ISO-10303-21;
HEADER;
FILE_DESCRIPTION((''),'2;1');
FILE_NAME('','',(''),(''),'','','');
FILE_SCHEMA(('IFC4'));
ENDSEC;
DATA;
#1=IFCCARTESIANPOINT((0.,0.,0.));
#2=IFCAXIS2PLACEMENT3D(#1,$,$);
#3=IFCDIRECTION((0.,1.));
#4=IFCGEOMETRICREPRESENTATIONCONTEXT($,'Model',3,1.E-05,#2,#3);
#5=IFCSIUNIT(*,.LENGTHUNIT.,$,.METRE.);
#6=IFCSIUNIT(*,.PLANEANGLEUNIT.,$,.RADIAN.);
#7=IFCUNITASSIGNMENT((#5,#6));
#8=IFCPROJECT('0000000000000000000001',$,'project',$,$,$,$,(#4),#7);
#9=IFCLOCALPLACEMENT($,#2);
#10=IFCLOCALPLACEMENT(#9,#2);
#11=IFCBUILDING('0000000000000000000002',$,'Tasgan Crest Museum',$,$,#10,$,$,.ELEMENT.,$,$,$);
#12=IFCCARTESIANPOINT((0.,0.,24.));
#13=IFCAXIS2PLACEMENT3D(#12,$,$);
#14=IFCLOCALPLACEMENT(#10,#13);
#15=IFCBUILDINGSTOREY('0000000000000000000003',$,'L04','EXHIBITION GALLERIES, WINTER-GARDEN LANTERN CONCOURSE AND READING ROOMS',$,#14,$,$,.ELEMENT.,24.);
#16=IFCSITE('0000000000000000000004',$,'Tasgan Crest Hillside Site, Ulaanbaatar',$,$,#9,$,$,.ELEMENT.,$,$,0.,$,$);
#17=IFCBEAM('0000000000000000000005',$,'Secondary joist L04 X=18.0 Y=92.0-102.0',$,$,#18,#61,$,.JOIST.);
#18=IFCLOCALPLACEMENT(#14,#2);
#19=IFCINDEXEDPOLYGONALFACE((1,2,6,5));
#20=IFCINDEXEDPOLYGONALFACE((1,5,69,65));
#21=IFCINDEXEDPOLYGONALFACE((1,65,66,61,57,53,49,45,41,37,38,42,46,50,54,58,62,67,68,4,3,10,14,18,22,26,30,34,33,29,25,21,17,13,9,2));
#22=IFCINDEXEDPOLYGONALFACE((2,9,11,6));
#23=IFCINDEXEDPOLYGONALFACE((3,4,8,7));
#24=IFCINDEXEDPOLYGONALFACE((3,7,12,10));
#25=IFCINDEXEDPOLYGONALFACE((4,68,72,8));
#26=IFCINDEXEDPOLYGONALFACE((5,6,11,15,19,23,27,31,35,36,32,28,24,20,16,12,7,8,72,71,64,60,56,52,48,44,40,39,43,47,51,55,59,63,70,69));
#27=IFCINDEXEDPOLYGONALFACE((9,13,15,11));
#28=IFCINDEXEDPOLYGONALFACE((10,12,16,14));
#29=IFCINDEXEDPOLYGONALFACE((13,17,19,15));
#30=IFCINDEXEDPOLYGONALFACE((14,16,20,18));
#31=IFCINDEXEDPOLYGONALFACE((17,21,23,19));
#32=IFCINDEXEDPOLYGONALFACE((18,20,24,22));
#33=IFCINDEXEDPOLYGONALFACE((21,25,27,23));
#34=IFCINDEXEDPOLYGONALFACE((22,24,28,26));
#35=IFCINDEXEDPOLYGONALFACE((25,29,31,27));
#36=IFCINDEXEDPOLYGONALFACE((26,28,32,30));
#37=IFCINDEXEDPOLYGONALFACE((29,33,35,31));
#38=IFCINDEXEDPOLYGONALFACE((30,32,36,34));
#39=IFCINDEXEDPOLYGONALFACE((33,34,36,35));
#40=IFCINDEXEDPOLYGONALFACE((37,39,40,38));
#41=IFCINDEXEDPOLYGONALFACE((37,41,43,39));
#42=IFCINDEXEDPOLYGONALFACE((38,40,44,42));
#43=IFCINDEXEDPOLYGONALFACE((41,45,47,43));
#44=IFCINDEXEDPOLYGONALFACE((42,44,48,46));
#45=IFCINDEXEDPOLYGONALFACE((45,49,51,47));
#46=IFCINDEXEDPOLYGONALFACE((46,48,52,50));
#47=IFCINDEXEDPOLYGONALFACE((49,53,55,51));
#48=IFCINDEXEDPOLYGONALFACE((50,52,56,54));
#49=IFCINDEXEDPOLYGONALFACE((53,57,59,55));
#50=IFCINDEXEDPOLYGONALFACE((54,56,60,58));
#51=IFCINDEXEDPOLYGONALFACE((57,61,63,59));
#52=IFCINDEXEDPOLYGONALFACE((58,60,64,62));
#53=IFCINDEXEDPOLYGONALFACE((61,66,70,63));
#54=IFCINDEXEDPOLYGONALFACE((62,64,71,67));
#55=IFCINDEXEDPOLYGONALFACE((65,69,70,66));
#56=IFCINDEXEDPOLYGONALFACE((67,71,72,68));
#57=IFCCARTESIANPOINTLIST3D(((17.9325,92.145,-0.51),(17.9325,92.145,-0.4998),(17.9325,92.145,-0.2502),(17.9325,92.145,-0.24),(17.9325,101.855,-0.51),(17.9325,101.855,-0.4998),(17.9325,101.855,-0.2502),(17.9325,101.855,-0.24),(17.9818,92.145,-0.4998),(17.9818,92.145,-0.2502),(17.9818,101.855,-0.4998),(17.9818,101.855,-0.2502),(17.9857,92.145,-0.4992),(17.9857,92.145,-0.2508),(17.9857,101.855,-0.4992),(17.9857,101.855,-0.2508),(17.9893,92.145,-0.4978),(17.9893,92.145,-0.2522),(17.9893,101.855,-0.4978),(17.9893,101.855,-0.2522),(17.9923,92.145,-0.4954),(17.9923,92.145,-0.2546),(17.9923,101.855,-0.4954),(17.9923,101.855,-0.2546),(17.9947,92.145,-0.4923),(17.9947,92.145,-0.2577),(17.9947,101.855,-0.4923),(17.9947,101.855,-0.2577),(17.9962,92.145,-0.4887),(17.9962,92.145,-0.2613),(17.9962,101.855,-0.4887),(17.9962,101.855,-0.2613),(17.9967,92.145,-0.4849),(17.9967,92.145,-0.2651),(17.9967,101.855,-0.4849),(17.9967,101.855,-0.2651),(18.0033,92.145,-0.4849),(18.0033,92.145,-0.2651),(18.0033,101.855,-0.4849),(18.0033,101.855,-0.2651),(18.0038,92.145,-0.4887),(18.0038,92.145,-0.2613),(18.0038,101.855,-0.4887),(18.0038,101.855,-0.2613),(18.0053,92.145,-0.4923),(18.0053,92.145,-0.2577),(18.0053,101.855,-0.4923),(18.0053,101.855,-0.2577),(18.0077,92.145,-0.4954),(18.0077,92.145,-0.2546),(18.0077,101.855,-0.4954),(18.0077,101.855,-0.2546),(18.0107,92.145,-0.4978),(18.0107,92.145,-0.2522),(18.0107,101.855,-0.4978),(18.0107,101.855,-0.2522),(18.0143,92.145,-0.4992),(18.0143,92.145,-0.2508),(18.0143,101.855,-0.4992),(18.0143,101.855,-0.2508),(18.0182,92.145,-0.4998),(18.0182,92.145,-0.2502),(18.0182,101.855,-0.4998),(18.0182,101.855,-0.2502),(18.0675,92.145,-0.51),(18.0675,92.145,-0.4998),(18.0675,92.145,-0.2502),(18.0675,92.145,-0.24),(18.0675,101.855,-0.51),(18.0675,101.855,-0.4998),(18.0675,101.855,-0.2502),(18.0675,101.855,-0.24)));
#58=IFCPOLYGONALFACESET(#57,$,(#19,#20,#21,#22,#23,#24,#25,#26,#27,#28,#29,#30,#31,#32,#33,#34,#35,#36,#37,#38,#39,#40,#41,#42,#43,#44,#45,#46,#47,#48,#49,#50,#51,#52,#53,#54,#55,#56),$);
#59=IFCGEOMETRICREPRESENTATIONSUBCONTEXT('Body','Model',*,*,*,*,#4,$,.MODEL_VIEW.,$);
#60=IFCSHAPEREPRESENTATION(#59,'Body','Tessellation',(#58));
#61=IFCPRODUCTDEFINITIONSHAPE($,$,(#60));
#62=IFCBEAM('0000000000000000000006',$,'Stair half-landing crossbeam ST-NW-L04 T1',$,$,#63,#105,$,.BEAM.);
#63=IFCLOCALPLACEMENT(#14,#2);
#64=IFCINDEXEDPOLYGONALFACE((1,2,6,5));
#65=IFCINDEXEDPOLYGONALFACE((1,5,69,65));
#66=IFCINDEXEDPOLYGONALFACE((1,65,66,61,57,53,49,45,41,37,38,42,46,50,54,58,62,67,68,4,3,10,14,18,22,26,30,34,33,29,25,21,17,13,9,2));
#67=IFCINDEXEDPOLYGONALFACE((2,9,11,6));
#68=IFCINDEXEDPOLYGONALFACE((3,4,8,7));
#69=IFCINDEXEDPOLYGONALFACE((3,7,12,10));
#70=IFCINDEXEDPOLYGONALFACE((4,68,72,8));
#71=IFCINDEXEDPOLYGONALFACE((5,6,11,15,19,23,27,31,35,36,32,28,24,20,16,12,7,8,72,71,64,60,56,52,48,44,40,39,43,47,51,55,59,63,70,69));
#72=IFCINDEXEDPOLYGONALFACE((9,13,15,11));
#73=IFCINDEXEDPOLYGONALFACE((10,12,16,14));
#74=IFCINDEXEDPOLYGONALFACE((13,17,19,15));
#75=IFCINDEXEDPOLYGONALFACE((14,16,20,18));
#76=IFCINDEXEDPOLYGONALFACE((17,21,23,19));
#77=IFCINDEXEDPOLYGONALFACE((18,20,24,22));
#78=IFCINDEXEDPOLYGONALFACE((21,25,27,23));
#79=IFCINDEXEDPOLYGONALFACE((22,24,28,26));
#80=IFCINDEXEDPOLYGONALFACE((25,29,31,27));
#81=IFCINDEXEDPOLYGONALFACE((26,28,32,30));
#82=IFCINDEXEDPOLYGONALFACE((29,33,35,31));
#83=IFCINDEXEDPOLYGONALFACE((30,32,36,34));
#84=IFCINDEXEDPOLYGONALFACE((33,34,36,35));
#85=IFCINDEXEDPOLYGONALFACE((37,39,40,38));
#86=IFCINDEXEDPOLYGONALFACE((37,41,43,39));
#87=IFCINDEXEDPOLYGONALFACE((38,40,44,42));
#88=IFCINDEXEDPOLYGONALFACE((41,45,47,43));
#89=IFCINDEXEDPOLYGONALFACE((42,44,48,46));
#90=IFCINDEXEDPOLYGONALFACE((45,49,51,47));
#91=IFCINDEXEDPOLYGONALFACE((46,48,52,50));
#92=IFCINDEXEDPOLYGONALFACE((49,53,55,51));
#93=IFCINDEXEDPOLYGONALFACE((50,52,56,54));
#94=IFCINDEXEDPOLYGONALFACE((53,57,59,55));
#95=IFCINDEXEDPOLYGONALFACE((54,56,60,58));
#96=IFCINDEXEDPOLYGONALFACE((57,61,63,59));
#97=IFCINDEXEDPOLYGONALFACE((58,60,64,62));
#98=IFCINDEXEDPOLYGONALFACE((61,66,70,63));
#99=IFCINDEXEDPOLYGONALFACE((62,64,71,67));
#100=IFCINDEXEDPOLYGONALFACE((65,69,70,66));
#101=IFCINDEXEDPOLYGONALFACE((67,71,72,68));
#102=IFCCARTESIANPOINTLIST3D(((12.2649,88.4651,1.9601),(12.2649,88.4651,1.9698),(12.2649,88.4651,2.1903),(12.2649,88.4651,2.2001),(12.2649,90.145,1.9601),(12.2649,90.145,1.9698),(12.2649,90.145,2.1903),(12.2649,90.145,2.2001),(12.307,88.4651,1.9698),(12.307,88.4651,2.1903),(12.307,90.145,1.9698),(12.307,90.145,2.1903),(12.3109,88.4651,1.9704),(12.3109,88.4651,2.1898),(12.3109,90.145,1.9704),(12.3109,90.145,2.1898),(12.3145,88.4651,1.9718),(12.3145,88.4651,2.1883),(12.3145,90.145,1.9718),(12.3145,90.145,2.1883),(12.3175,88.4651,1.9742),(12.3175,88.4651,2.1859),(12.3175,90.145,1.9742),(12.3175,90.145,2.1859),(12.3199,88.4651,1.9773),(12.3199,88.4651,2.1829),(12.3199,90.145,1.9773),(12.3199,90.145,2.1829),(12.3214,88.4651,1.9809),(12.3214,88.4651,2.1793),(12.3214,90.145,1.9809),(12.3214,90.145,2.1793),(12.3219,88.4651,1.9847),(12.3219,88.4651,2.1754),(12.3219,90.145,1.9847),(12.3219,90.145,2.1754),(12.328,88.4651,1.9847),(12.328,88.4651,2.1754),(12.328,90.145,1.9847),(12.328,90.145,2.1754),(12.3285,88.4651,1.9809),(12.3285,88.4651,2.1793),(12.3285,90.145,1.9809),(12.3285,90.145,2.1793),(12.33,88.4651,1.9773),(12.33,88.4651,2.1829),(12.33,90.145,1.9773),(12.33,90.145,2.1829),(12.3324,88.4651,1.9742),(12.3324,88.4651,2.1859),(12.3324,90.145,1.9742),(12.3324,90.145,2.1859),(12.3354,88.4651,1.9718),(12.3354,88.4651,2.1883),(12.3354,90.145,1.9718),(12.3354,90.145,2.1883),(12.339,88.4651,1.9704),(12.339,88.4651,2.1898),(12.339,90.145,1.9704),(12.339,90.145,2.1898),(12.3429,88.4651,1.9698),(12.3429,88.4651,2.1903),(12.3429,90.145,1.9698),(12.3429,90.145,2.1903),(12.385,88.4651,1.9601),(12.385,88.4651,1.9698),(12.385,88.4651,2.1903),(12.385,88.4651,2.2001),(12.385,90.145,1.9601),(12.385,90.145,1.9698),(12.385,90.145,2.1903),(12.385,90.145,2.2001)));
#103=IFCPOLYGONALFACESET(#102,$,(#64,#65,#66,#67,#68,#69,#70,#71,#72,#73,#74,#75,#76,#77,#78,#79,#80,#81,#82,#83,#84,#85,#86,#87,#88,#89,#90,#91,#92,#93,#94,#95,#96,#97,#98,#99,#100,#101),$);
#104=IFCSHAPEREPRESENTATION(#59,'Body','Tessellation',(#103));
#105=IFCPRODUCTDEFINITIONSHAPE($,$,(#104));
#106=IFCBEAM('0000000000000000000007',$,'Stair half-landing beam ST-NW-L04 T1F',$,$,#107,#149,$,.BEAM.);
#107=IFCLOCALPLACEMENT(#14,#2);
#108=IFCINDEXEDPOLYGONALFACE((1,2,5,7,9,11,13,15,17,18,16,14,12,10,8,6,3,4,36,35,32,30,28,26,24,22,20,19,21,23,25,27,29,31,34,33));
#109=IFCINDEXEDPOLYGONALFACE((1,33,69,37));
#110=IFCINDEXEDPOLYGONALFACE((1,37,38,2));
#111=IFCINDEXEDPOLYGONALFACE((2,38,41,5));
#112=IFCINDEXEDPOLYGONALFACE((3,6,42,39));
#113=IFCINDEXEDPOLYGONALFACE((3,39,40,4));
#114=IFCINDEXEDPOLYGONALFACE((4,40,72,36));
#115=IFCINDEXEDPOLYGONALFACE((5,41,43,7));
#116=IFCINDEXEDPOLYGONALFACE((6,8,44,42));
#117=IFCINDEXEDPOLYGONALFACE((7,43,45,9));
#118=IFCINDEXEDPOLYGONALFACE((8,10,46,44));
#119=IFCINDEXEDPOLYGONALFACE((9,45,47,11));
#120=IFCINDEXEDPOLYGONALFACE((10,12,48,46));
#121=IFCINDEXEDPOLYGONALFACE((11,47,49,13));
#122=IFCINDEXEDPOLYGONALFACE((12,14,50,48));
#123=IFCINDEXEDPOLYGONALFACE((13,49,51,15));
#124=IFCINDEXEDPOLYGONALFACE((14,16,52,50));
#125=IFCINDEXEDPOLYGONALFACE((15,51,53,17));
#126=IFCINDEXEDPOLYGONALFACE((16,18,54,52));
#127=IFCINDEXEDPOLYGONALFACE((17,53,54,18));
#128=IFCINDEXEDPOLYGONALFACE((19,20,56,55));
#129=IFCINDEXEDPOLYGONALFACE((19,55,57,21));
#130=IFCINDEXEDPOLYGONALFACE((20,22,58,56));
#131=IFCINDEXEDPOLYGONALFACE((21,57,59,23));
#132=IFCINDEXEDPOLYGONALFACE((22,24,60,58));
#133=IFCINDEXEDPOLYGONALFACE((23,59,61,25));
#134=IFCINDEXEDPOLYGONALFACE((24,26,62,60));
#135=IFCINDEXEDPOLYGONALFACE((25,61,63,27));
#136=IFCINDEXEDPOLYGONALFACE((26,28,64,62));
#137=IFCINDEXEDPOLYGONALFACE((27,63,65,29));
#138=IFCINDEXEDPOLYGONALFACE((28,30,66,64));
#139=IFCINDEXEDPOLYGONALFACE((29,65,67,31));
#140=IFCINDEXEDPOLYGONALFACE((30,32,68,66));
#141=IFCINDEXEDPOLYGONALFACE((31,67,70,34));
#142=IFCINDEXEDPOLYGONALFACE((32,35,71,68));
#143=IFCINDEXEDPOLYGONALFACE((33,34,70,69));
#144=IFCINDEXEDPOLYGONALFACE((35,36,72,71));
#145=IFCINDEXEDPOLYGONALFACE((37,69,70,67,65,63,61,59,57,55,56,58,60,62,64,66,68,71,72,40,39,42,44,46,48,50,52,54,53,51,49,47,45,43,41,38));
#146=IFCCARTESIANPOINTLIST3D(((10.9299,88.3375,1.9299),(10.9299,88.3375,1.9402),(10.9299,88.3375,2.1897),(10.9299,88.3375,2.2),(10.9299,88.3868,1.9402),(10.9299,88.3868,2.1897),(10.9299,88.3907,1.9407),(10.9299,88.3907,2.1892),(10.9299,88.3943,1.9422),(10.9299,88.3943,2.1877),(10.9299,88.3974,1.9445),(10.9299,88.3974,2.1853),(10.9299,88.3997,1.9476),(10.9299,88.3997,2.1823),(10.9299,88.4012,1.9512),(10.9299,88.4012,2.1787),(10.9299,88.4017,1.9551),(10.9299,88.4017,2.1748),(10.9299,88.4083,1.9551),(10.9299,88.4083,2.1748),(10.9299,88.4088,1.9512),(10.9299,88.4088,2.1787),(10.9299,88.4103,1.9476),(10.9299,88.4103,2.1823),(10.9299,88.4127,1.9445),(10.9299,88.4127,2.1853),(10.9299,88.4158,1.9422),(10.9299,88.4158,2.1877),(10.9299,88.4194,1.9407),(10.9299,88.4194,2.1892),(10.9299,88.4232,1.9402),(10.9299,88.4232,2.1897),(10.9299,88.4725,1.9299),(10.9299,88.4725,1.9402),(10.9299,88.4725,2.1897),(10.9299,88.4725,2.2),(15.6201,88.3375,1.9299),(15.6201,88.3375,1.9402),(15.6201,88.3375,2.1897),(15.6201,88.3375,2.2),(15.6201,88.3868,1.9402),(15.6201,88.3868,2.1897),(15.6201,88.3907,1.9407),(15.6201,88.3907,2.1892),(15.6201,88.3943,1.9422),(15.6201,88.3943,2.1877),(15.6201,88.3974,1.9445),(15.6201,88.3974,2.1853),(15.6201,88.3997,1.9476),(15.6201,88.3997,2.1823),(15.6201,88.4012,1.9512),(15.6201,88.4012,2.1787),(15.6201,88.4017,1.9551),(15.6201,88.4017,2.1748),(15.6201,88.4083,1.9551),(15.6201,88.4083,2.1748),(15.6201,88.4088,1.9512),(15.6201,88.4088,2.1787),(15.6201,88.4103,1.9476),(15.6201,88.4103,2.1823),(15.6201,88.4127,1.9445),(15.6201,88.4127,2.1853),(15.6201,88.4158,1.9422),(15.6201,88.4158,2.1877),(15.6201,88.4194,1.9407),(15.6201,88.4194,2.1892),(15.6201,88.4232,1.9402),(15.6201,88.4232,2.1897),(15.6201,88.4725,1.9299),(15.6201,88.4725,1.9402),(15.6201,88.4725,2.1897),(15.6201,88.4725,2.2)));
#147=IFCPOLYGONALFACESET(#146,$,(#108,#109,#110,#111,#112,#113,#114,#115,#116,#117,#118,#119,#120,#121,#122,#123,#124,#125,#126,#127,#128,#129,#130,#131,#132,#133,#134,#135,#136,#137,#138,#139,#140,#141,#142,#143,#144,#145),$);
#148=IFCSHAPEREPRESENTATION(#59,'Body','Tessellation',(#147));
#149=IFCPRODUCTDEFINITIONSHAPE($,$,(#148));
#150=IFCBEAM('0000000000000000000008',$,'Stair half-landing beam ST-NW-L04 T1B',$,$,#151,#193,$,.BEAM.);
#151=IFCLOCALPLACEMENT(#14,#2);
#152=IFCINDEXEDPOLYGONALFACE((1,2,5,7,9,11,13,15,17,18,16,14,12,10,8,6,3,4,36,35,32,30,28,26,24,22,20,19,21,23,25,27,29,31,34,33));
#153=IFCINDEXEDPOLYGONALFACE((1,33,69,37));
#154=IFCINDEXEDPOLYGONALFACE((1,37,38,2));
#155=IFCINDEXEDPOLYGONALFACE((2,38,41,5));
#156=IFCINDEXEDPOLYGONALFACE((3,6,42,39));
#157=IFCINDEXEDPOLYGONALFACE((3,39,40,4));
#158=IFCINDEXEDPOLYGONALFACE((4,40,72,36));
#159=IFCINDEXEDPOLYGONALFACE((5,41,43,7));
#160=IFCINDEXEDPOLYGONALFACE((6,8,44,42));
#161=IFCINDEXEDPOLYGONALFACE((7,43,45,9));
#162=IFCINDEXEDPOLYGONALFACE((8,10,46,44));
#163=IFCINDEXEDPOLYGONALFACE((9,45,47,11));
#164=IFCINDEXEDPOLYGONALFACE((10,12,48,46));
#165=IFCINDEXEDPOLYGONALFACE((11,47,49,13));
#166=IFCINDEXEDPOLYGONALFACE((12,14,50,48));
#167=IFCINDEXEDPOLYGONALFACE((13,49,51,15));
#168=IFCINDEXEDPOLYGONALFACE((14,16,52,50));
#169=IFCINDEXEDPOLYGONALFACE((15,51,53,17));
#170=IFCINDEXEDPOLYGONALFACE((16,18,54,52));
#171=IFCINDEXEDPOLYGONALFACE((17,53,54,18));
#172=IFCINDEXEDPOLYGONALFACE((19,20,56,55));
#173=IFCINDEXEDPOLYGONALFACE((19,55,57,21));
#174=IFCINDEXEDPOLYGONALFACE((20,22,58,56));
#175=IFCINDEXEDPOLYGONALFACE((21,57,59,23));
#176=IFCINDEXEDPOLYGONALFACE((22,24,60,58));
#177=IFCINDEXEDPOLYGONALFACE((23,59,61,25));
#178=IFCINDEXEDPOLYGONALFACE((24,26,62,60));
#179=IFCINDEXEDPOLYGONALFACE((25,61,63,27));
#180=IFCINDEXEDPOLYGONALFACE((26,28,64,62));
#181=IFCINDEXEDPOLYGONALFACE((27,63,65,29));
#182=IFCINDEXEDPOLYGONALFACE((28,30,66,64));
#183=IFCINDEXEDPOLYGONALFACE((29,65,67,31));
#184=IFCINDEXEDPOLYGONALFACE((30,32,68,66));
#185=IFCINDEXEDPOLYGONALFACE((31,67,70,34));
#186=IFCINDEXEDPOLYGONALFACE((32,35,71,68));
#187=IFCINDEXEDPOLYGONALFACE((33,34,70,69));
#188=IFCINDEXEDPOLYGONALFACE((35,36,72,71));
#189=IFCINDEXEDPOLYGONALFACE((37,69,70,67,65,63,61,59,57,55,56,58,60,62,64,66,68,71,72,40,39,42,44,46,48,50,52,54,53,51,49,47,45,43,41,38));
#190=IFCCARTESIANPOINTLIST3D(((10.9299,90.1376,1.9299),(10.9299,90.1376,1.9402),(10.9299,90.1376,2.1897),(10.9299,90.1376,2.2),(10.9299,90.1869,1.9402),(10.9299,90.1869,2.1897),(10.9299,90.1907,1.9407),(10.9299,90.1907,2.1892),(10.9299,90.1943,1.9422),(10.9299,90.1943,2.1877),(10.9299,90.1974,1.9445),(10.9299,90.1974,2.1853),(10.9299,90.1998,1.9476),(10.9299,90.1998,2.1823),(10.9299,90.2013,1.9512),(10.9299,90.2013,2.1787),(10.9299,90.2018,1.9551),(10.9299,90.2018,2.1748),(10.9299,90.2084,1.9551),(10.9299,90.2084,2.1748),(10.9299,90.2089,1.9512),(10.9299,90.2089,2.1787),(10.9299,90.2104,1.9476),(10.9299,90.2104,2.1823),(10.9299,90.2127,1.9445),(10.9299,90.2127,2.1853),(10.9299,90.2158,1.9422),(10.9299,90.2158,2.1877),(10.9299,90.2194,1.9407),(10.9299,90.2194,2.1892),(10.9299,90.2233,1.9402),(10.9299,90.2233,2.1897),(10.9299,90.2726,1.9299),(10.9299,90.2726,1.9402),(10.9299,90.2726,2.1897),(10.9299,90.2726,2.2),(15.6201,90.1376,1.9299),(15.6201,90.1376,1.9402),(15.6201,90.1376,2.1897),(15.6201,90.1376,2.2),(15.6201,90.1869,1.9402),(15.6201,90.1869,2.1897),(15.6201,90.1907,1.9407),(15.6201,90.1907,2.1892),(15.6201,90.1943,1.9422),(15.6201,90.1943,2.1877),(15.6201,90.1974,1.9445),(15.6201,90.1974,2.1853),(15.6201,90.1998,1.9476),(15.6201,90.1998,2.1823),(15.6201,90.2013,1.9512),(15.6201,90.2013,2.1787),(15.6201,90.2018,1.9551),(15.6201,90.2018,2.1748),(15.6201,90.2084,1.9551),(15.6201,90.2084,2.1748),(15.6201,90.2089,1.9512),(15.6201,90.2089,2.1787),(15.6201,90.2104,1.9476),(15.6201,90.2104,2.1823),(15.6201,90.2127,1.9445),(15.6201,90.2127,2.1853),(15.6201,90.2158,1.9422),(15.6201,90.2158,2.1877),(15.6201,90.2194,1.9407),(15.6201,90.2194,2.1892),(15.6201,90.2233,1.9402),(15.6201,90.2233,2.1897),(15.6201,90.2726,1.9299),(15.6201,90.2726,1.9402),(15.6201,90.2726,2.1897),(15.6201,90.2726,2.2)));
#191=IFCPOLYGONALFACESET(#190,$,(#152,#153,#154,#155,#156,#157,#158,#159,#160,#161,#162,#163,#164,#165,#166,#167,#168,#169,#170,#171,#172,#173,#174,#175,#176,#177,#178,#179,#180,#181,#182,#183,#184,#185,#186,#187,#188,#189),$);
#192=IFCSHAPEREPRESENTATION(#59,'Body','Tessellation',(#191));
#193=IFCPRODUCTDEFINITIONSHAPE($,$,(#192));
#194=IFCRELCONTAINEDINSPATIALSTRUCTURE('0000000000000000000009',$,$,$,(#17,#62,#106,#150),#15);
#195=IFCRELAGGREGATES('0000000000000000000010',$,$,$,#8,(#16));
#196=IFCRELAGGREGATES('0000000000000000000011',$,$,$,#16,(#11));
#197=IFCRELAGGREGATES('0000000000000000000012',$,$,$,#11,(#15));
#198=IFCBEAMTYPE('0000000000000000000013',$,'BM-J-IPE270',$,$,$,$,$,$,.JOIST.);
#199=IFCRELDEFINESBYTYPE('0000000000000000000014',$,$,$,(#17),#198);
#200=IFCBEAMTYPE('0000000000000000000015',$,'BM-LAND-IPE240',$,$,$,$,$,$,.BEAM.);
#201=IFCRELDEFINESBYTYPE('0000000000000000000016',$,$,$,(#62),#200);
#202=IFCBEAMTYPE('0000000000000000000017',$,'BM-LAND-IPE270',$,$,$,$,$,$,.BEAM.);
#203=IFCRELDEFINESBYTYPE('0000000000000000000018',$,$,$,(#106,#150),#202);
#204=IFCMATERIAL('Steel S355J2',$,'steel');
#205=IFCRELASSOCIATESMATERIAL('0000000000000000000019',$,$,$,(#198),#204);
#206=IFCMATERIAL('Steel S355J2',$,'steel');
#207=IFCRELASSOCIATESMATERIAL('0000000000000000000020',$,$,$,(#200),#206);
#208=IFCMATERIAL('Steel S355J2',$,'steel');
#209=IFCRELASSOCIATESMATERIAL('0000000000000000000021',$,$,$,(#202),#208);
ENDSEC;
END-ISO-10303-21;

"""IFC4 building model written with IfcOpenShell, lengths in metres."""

from ifc_helpers import new_model, si_unit, direction, frame, origin, origin_2d, place, context, subcontext, project, spatial, i_section, extrude, material, material_profile, profile_set, type_object, element, save


model = new_model("IFC4")

# Units and contexts
model_context = context("Model", 3, precision=1e-05, world=origin(), true_north=direction((0.0, 1.0)))
body_context = subcontext(model_context, "Body", "Model", "MODEL_VIEW")
ifc_project = project(units=[si_unit("LENGTHUNIT", "METRE"), si_unit("PLANEANGLEUNIT", "RADIAN")], contexts=[model_context])

# Site, building, storey
site_placement = place(None, origin())
site = spatial("IfcSite", under=ifc_project, at=site_placement, Name="Tasgan Crest Hillside Site, Ulaanbaatar", CompositionType="ELEMENT", RefElevation=0.0)
building_placement = place(site_placement, origin())
building = spatial("IfcBuilding", under=site, at=building_placement, Name="Tasgan Crest Museum", CompositionType="ELEMENT")
storey_placement = place(building_placement, frame((0.0, 0.0, 24.0)))
storey = spatial("IfcBuildingStorey", under=building, at=storey_placement, Name="L04", Description="EXHIBITION GALLERIES, WINTER-GARDEN LANTERN CONCOURSE AND READING ROOMS", CompositionType="ELEMENT", Elevation=24.0)

# Beams
ifc_material_1 = material(Name="Steel S355J2", Category="steel")
ifc_material_profile_1 = material_profile(ifc_material_1, i_section(OverallWidth=0.135, OverallDepth=0.27, WebThickness=0.0066, FlangeThickness=0.0103, FilletRadius=0.0149, at=origin_2d()), Name="IPE 270")
ifc_profile_set_1 = profile_set([ifc_material_profile_1], Name="Steel S355J2")
beam_type_1 = type_object("IfcBeamType", Name="BM-J-IPE270", PredefinedType="JOIST", material=ifc_profile_set_1)
for number, where, z_axis, x_axis, name in (
    (1, (18.0, 92.145, -0.375), (0.0, 1.0, 0.0), (-1.0, 0.0, 0.0), "Secondary joist L04 X=18.0 Y=92.0-102.0"),
):
    element("IfcBeam", number, at=place(storey_placement, frame(where, z_axis=z_axis, x_axis=x_axis)), inside=storey, type_object=beam_type_1, Name=name, PredefinedType="JOIST", context=body_context, shape_type="SweptSolid", body=[
        extrude(i_section(OverallWidth=0.135, OverallDepth=0.27, WebThickness=0.0066, FlangeThickness=0.0103, FilletRadius=0.0149, at=origin_2d()), origin(), (0.0, 0.0, 1.0), 9.71),
    ])
ifc_material_2 = material(Name="Steel S355J2", Category="steel")
ifc_material_profile_2 = material_profile(ifc_material_2, i_section(OverallWidth=0.1201, OverallDepth=0.24, WebThickness=0.0061, FlangeThickness=0.0098, FilletRadius=0.0149, at=origin_2d()), Name="IPE 240")
ifc_profile_set_2 = profile_set([ifc_material_profile_2], Name="Steel S355J2")
beam_type_2 = type_object("IfcBeamType", Name="BM-LAND-IPE240", PredefinedType="BEAM", material=ifc_profile_set_2)
beam_1_placement = place(storey_placement, frame((12.325, 88.4651, 2.0801), z_axis=(0.0, 1.0, 0.0), x_axis=(-1.0, 0.0, 0.0)))
element("IfcBeam", 2, at=beam_1_placement, inside=storey, type_object=beam_type_2, Name="Stair half-landing crossbeam ST-NW-L04 T1", PredefinedType="BEAM", context=body_context, shape_type="SweptSolid", body=[
    extrude(i_section(OverallWidth=0.1201, OverallDepth=0.24, WebThickness=0.0061, FlangeThickness=0.0098, FilletRadius=0.0149, at=origin_2d()), origin(), (0.0, 0.0, 1.0), 1.6799),
])
ifc_material_3 = material(Name="Steel S355J2", Category="steel")
ifc_material_profile_3 = material_profile(ifc_material_3, i_section(OverallWidth=0.135, OverallDepth=0.27, WebThickness=0.0066, FlangeThickness=0.0103, FilletRadius=0.0149, at=origin_2d()), Name="IPE 270")
ifc_profile_set_3 = profile_set([ifc_material_profile_3], Name="Steel S355J2")
beam_type_3 = type_object("IfcBeamType", Name="BM-LAND-IPE270", PredefinedType="BEAM", material=ifc_profile_set_3)
for number, where, z_axis, x_axis, name in (
    (3, (10.9299, 88.405, 2.0649), (1.0, 0.0, 0.0), (0.0, 1.0, 0.0), "Stair half-landing beam ST-NW-L04 T1F"),
    (4, (10.9299, 90.2051, 2.0649), (1.0, 0.0, 0.0), (0.0, 1.0, 0.0), "Stair half-landing beam ST-NW-L04 T1B"),
):
    element("IfcBeam", number, at=place(storey_placement, frame(where, z_axis=z_axis, x_axis=x_axis)), inside=storey, type_object=beam_type_3, Name=name, PredefinedType="BEAM", context=body_context, shape_type="SweptSolid", body=[
        extrude(i_section(OverallWidth=0.135, OverallDepth=0.27, WebThickness=0.0066, FlangeThickness=0.0103, FilletRadius=0.0149, at=origin_2d()), origin(), (0.0, 0.0, 1.0), 4.6902),
    ])

save(model, "model.ifc")
